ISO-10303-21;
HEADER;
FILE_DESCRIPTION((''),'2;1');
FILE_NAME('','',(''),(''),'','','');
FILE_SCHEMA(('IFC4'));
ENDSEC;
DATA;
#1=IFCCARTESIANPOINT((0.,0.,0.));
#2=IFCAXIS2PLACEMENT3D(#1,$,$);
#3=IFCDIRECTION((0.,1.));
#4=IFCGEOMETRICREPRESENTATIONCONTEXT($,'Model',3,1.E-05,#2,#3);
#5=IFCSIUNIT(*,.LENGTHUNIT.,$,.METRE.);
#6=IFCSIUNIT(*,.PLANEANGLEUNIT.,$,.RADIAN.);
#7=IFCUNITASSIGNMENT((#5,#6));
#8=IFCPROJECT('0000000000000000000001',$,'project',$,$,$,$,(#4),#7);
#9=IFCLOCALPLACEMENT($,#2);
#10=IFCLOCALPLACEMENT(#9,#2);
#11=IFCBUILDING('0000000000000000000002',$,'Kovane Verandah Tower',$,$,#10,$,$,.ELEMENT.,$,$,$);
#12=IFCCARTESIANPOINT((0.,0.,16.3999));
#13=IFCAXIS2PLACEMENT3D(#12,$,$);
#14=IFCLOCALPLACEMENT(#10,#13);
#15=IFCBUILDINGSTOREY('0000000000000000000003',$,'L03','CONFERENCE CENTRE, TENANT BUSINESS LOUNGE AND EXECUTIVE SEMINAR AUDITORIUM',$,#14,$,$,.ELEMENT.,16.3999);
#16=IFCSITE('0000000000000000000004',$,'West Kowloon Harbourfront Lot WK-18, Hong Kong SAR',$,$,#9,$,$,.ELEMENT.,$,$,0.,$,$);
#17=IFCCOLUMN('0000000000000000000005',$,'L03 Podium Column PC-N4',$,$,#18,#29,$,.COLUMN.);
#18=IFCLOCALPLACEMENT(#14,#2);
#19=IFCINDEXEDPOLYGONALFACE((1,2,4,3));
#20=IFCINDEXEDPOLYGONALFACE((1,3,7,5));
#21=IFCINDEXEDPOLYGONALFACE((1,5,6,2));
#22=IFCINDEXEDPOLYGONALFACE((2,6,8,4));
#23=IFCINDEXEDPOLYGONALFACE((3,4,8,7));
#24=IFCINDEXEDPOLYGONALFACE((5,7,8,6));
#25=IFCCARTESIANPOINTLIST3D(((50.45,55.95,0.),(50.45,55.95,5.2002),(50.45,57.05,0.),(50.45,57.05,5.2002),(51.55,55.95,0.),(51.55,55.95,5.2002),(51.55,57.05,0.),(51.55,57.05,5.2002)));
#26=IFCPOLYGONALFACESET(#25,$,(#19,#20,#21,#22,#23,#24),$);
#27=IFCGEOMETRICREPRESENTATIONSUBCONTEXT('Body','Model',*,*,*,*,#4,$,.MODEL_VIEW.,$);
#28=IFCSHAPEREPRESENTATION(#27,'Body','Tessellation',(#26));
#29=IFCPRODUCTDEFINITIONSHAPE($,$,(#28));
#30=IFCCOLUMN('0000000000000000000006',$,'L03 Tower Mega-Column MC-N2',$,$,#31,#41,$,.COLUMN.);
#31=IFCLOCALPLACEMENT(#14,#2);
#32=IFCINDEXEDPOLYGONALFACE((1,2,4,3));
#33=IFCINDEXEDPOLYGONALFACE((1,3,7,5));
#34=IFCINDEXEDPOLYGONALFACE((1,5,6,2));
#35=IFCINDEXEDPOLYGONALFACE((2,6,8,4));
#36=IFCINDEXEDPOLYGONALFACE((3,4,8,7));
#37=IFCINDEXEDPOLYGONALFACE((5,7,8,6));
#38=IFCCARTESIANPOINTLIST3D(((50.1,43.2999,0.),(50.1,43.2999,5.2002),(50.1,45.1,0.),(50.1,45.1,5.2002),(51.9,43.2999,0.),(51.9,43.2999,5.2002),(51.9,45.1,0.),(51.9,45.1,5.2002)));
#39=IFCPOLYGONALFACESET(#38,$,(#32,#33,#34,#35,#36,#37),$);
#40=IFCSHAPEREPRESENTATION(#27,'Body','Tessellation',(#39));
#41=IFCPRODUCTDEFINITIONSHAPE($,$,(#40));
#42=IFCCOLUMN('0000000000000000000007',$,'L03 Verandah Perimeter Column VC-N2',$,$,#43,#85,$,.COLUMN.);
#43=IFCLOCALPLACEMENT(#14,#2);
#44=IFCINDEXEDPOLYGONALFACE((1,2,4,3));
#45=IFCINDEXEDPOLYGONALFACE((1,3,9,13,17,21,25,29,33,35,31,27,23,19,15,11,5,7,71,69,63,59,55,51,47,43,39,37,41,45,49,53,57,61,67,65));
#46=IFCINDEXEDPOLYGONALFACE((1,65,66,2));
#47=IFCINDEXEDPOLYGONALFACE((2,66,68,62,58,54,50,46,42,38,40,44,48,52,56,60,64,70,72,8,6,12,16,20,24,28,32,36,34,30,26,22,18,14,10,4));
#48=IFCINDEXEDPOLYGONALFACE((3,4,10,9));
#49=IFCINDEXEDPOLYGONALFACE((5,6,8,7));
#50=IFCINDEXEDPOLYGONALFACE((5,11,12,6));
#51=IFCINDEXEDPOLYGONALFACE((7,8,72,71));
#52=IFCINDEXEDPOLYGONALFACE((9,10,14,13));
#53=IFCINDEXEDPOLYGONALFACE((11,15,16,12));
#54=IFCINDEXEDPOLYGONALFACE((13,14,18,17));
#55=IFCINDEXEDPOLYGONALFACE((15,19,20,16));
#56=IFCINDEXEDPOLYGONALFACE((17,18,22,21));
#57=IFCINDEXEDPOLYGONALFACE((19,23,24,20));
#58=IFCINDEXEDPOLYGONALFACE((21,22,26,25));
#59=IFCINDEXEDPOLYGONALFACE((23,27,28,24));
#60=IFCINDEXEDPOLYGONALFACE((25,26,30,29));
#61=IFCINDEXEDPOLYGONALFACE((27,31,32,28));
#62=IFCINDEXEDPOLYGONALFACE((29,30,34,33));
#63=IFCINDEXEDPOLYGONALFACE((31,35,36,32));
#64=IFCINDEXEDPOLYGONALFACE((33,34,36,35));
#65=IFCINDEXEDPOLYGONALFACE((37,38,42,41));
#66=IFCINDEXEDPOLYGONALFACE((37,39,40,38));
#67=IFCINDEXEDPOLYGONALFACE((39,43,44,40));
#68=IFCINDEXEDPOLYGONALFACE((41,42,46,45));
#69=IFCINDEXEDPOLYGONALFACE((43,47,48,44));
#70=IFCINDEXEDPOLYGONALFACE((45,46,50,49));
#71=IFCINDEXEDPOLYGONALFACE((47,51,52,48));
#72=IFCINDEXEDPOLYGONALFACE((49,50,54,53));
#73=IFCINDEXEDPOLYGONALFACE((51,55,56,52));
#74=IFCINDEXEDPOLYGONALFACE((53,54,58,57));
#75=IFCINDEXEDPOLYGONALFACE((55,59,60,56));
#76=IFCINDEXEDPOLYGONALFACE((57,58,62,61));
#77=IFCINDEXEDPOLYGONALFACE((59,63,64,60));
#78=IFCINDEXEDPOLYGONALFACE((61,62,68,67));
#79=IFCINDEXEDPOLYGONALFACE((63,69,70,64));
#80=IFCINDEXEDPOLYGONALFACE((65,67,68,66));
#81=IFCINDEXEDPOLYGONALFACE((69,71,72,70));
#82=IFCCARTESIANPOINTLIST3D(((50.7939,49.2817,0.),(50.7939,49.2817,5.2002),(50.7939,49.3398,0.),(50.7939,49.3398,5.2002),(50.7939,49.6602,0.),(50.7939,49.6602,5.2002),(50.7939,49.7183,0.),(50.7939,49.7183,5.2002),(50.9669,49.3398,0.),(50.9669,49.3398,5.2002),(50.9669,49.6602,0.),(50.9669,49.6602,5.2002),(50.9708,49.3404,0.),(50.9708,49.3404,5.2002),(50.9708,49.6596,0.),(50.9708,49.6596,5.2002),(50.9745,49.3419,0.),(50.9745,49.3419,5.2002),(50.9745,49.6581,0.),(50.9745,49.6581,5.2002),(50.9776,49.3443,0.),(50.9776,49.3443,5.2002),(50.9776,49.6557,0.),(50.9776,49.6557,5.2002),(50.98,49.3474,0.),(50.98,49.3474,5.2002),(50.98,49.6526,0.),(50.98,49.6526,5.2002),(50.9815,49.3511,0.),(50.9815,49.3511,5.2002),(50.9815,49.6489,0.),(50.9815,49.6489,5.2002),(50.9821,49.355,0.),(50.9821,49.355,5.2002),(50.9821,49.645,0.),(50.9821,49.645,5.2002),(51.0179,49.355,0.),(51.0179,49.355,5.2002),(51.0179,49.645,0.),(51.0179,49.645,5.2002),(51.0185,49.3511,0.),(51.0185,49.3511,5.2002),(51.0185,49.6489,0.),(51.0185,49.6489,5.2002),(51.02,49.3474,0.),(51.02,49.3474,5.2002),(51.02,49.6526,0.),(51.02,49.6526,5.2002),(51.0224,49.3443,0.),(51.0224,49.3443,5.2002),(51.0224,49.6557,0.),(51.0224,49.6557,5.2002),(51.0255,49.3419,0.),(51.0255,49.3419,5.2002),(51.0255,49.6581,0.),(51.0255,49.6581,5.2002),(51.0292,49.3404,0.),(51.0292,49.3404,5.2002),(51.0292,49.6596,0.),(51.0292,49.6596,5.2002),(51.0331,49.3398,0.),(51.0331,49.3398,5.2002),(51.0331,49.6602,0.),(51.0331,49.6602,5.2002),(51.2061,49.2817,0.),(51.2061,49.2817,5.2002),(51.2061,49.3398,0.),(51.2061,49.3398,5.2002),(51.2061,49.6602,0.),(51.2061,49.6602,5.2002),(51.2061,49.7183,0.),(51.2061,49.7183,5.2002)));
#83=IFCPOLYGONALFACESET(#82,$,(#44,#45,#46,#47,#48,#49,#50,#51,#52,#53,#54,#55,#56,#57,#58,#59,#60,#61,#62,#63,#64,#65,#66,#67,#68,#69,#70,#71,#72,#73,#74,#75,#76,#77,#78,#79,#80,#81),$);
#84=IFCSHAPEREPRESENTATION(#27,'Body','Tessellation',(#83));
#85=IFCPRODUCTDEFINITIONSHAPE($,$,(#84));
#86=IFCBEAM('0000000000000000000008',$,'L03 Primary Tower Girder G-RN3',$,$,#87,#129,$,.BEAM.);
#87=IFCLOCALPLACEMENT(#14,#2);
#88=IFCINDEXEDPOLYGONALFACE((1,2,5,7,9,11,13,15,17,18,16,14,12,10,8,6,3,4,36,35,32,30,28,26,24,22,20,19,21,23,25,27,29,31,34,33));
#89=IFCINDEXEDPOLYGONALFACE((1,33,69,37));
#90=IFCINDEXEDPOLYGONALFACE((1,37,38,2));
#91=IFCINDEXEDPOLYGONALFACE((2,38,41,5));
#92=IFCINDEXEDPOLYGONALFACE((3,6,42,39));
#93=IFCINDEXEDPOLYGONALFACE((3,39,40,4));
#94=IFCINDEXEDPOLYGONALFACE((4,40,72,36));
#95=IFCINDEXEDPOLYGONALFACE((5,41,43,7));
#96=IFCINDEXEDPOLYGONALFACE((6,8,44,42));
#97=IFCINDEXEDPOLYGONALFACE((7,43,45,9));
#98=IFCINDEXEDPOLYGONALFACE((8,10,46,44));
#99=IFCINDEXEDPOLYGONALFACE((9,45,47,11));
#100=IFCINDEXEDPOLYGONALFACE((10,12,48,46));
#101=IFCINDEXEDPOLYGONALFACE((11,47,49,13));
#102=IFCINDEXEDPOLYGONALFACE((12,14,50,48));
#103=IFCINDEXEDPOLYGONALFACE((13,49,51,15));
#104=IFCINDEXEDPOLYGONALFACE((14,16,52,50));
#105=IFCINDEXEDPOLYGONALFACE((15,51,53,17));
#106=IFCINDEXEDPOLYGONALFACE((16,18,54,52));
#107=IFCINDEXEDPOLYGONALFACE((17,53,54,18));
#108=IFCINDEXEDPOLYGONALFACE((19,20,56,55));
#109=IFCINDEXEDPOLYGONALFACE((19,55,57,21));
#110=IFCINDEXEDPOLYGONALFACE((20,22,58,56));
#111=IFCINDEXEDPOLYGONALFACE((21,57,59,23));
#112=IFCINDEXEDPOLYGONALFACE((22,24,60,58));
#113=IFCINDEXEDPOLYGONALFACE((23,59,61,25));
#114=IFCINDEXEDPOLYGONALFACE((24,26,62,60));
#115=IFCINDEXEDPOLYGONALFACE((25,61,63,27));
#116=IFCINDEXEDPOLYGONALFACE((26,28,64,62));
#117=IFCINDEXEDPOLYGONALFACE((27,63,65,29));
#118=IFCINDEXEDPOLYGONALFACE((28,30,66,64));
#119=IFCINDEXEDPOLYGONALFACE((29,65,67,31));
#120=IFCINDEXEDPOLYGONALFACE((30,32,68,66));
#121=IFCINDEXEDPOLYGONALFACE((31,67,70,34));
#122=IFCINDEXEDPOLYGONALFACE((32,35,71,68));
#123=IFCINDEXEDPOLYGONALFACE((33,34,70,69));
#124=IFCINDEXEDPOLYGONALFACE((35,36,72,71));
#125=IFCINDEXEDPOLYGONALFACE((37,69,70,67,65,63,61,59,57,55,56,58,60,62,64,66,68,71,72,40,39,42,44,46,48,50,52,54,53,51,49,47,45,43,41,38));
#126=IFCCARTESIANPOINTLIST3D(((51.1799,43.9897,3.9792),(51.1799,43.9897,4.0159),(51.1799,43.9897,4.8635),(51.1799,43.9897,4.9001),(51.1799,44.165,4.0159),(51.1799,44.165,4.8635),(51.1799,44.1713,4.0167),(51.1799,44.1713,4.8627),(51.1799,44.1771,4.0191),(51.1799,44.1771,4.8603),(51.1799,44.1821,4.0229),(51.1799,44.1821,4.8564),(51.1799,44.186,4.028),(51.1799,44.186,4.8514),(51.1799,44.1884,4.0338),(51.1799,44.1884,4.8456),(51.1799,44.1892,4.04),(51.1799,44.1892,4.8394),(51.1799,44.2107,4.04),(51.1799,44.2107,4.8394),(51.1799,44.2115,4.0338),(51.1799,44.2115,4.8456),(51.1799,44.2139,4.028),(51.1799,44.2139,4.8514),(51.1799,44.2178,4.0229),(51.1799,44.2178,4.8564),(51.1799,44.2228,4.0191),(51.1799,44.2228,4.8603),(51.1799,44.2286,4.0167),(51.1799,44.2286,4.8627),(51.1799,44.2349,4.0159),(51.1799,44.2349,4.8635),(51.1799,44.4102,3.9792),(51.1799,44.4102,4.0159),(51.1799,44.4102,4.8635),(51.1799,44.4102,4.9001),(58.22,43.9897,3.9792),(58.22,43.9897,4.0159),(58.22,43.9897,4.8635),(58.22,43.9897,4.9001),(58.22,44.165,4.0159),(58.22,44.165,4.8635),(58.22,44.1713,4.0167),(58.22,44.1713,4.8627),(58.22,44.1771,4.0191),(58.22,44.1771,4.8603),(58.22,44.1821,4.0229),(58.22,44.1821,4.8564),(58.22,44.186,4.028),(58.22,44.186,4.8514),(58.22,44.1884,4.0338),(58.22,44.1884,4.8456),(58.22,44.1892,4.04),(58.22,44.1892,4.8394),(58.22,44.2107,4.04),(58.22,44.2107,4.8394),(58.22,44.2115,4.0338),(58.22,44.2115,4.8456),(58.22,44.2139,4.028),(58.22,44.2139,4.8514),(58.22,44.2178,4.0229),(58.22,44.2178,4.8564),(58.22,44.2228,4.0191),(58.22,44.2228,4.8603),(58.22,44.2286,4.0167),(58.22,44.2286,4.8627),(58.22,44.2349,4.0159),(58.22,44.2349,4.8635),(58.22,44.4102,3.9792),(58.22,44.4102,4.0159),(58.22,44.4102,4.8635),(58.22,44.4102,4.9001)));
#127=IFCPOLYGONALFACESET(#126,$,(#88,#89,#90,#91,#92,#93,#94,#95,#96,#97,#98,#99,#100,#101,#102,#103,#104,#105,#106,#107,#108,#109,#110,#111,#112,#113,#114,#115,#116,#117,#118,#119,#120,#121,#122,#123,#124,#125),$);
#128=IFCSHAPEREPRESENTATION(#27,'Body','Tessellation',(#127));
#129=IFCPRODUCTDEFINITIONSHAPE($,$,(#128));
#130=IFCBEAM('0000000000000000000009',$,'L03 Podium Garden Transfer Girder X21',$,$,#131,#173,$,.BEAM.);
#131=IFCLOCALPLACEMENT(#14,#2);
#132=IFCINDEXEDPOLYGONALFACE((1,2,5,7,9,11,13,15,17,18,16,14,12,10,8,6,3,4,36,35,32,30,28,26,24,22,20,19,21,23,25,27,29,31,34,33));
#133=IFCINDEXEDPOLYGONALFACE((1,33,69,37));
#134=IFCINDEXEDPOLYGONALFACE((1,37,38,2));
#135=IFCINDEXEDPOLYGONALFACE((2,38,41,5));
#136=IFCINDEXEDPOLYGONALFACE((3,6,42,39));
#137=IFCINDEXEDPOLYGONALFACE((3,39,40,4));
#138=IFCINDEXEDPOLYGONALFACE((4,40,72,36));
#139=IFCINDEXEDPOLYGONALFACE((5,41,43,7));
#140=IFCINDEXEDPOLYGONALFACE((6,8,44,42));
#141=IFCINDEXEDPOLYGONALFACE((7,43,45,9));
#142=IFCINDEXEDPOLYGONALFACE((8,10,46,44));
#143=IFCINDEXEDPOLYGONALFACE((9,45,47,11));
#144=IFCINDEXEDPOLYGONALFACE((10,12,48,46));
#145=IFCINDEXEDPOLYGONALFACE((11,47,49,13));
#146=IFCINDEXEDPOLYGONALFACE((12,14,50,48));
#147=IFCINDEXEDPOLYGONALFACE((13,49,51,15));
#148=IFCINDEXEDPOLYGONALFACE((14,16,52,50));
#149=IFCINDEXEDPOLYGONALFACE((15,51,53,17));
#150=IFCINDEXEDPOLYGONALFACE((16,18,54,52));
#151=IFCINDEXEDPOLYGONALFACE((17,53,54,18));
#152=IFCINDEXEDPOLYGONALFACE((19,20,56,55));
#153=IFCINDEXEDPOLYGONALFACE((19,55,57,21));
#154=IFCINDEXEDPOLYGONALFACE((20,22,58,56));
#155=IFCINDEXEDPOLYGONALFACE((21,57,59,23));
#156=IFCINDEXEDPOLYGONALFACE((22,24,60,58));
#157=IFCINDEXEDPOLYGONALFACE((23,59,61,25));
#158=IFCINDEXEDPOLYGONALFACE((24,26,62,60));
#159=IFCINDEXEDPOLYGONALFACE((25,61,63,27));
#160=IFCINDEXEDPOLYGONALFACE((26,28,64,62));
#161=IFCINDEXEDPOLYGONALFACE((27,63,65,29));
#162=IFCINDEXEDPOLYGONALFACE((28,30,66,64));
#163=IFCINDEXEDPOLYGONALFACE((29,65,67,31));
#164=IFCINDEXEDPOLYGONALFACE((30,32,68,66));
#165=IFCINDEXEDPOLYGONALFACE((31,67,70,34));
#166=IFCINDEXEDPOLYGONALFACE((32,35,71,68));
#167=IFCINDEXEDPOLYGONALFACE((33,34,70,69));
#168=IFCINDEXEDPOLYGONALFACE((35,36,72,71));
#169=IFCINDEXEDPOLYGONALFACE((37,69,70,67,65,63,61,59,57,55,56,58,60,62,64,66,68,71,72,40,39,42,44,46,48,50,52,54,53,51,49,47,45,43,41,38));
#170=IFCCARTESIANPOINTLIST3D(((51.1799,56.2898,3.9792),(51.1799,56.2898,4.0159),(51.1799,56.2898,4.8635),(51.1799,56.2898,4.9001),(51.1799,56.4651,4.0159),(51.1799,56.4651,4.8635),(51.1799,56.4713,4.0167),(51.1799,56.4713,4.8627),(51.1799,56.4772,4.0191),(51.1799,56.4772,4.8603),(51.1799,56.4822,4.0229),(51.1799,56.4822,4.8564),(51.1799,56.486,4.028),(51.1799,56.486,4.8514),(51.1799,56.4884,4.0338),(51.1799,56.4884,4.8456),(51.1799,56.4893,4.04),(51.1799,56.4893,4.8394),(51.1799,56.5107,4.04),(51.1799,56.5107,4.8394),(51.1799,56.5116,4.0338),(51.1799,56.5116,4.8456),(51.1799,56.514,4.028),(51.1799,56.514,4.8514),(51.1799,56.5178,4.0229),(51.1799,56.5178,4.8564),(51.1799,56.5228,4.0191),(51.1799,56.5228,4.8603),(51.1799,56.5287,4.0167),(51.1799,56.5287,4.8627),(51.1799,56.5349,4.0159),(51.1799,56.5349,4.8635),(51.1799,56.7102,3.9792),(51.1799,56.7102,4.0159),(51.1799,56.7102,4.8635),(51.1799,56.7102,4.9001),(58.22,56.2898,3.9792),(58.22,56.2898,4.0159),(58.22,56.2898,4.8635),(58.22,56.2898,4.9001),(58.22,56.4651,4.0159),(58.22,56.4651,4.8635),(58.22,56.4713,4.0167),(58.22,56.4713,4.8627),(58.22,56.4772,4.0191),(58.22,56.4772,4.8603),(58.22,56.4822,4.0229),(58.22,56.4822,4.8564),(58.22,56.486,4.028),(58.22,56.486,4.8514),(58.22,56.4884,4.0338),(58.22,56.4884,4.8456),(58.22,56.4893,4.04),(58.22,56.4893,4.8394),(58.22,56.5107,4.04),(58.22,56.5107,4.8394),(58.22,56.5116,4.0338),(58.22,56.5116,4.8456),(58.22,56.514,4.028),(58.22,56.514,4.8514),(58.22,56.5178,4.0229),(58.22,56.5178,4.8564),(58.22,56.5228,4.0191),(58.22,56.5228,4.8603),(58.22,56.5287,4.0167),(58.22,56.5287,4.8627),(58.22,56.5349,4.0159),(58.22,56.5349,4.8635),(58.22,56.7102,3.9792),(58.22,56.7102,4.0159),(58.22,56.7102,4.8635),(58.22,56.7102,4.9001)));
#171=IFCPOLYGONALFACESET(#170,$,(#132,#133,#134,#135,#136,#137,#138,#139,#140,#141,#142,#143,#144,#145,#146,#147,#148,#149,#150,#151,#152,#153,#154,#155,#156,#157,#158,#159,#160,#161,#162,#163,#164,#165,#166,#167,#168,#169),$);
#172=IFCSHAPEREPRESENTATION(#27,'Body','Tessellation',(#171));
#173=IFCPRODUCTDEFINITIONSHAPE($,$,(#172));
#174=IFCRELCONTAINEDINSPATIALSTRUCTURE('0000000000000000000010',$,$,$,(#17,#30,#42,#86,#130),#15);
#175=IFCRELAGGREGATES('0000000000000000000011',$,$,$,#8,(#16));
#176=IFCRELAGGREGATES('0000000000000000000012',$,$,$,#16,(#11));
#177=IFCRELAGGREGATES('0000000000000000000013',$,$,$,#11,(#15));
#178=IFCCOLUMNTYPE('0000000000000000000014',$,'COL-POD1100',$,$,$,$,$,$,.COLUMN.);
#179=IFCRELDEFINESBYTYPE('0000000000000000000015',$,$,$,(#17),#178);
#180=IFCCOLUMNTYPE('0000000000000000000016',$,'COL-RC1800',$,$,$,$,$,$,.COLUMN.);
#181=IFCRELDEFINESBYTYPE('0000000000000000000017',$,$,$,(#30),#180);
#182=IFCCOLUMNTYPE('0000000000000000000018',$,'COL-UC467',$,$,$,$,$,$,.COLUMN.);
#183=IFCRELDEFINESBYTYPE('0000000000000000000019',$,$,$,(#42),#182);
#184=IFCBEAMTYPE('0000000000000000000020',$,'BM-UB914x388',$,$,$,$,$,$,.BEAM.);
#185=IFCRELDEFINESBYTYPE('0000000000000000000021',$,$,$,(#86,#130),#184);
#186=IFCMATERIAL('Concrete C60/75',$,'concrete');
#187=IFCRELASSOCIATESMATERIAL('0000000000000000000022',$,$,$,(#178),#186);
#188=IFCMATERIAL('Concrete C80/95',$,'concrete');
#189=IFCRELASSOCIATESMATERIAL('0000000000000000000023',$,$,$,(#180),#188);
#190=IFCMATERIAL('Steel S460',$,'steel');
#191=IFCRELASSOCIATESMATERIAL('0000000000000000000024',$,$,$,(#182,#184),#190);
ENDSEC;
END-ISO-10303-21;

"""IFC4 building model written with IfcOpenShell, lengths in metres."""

from ifc_helpers import new_model, si_unit, direction, frame, origin, origin_2d, place, context, subcontext, project, spatial, rectangle, i_section, extrude, material, material_profile, profile_set, type_object, element, save


model = new_model("IFC4")

# Units and contexts
model_context = context("Model", 3, precision=1e-05, world=origin(), true_north=direction((0.0, 1.0)))
body_context = subcontext(model_context, "Body", "Model", "MODEL_VIEW")
ifc_project = project(units=[si_unit("LENGTHUNIT", "METRE"), si_unit("PLANEANGLEUNIT", "RADIAN")], contexts=[model_context])

# Site, building, storey
site_placement = place(None, origin())
site = spatial("IfcSite", under=ifc_project, at=site_placement, Name="West Kowloon Harbourfront Lot WK-18, Hong Kong SAR", CompositionType="ELEMENT", RefElevation=0.0)
building_placement = place(site_placement, origin())
building = spatial("IfcBuilding", under=site, at=building_placement, Name="Kovane Verandah Tower", CompositionType="ELEMENT")
storey_placement = place(building_placement, frame((0.0, 0.0, 16.3999)))
storey = spatial("IfcBuildingStorey", under=building, at=storey_placement, Name="L03", Description="CONFERENCE CENTRE, TENANT BUSINESS LOUNGE AND EXECUTIVE SEMINAR AUDITORIUM", CompositionType="ELEMENT", Elevation=16.3999)

# Columns
ifc_material_1 = material(Name="Concrete C60/75", Category="concrete")
ifc_material_profile_1 = material_profile(ifc_material_1, rectangle(XDim=1.1001, YDim=1.1001, at=origin_2d()), Name="RC1100x1100")
ifc_profile_set_1 = profile_set([ifc_material_profile_1], Name="Concrete C60/75")
column_type_1 = type_object("IfcColumnType", Name="COL-POD1100", PredefinedType="COLUMN", material=ifc_profile_set_1)
column_1_placement = place(storey_placement, frame((51.0, 56.5, 0.0), z_axis=(0.0, 0.0, 1.0), x_axis=(1.0, 0.0, 0.0)))
element("IfcColumn", 1, at=column_1_placement, inside=storey, type_object=column_type_1, Name="L03 Podium Column PC-N4", PredefinedType="COLUMN", context=body_context, shape_type="SweptSolid", body=[
    extrude(rectangle(XDim=1.1001, YDim=1.1001, at=origin_2d()), origin(), (0.0, 0.0, 1.0), 5.2002),
])
ifc_material_2 = material(Name="Concrete C80/95", Category="concrete")
ifc_material_profile_2 = material_profile(ifc_material_2, rectangle(XDim=1.8, YDim=1.8, at=origin_2d()), Name="RC1800x1800")
ifc_profile_set_2 = profile_set([ifc_material_profile_2], Name="Concrete C80/95")
column_type_2 = type_object("IfcColumnType", Name="COL-RC1800", PredefinedType="COLUMN", material=ifc_profile_set_2)
column_2_placement = place(storey_placement, frame((51.0, 44.2, 0.0), z_axis=(0.0, 0.0, 1.0), x_axis=(1.0, 0.0, 0.0)))
element("IfcColumn", 2, at=column_2_placement, inside=storey, type_object=column_type_2, Name="L03 Tower Mega-Column MC-N2", PredefinedType="COLUMN", context=body_context, shape_type="SweptSolid", body=[
    extrude(rectangle(XDim=1.8, YDim=1.8, at=origin_2d()), origin(), (0.0, 0.0, 1.0), 5.2002),
])
ifc_material_3 = material(Name="Steel S460", Category="steel")
ifc_material_profile_3 = material_profile(ifc_material_3, i_section(OverallWidth=0.4121, OverallDepth=0.4365, WebThickness=0.0359, FlangeThickness=0.0581, FilletRadius=0.0151, at=origin_2d()), Name="UC356x406x467")
ifc_profile_set_3 = profile_set([ifc_material_profile_3], Name="Steel S460")
column_type_3 = type_object("IfcColumnType", Name="COL-UC467", PredefinedType="COLUMN", material=ifc_profile_set_3)
column_3_placement = place(storey_placement, frame((51.0, 49.5, 0.0), z_axis=(0.0, 0.0, 1.0), x_axis=(1.0, 0.0, 0.0)))
element("IfcColumn", 3, at=column_3_placement, inside=storey, type_object=column_type_3, Name="L03 Verandah Perimeter Column VC-N2", PredefinedType="COLUMN", context=body_context, shape_type="SweptSolid", body=[
    extrude(i_section(OverallWidth=0.4121, OverallDepth=0.4365, WebThickness=0.0359, FlangeThickness=0.0581, FilletRadius=0.0151, at=origin_2d()), origin(), (0.0, 0.0, 1.0), 5.2002),
])

# Beams
ifc_material_profile_4 = material_profile(ifc_material_3, i_section(OverallWidth=0.4204, OverallDepth=0.9209, WebThickness=0.0215, FlangeThickness=0.0366, FilletRadius=0.0242, at=origin_2d()), Name="UB914x419x388")
ifc_profile_set_4 = profile_set([ifc_material_profile_4], Name="Steel S460")
beam_type_1 = type_object("IfcBeamType", Name="BM-UB914x388", PredefinedType="BEAM", material=ifc_profile_set_4)
for number, where, z_axis, x_axis, name in (
    (4, (51.1799, 44.2, 4.4397), (1.0, 0.0, 0.0), (0.0, 1.0, 0.0), "L03 Primary Tower Girder G-RN3"),
    (5, (51.1799, 56.5, 4.4397), (1.0, 0.0, 0.0), (0.0, 1.0, 0.0), "L03 Podium Garden Transfer Girder X21"),
):
    element("IfcBeam", number, at=place(storey_placement, frame(where, z_axis=z_axis, x_axis=x_axis)), inside=storey, type_object=beam_type_1, Name=name, PredefinedType="BEAM", context=body_context, shape_type="SweptSolid", body=[
        extrude(i_section(OverallWidth=0.4204, OverallDepth=0.9209, WebThickness=0.0215, FlangeThickness=0.0366, FilletRadius=0.0242, at=origin_2d()), origin(), (0.0, 0.0, 1.0), 7.04),
    ])

save(model, "model.ifc")
